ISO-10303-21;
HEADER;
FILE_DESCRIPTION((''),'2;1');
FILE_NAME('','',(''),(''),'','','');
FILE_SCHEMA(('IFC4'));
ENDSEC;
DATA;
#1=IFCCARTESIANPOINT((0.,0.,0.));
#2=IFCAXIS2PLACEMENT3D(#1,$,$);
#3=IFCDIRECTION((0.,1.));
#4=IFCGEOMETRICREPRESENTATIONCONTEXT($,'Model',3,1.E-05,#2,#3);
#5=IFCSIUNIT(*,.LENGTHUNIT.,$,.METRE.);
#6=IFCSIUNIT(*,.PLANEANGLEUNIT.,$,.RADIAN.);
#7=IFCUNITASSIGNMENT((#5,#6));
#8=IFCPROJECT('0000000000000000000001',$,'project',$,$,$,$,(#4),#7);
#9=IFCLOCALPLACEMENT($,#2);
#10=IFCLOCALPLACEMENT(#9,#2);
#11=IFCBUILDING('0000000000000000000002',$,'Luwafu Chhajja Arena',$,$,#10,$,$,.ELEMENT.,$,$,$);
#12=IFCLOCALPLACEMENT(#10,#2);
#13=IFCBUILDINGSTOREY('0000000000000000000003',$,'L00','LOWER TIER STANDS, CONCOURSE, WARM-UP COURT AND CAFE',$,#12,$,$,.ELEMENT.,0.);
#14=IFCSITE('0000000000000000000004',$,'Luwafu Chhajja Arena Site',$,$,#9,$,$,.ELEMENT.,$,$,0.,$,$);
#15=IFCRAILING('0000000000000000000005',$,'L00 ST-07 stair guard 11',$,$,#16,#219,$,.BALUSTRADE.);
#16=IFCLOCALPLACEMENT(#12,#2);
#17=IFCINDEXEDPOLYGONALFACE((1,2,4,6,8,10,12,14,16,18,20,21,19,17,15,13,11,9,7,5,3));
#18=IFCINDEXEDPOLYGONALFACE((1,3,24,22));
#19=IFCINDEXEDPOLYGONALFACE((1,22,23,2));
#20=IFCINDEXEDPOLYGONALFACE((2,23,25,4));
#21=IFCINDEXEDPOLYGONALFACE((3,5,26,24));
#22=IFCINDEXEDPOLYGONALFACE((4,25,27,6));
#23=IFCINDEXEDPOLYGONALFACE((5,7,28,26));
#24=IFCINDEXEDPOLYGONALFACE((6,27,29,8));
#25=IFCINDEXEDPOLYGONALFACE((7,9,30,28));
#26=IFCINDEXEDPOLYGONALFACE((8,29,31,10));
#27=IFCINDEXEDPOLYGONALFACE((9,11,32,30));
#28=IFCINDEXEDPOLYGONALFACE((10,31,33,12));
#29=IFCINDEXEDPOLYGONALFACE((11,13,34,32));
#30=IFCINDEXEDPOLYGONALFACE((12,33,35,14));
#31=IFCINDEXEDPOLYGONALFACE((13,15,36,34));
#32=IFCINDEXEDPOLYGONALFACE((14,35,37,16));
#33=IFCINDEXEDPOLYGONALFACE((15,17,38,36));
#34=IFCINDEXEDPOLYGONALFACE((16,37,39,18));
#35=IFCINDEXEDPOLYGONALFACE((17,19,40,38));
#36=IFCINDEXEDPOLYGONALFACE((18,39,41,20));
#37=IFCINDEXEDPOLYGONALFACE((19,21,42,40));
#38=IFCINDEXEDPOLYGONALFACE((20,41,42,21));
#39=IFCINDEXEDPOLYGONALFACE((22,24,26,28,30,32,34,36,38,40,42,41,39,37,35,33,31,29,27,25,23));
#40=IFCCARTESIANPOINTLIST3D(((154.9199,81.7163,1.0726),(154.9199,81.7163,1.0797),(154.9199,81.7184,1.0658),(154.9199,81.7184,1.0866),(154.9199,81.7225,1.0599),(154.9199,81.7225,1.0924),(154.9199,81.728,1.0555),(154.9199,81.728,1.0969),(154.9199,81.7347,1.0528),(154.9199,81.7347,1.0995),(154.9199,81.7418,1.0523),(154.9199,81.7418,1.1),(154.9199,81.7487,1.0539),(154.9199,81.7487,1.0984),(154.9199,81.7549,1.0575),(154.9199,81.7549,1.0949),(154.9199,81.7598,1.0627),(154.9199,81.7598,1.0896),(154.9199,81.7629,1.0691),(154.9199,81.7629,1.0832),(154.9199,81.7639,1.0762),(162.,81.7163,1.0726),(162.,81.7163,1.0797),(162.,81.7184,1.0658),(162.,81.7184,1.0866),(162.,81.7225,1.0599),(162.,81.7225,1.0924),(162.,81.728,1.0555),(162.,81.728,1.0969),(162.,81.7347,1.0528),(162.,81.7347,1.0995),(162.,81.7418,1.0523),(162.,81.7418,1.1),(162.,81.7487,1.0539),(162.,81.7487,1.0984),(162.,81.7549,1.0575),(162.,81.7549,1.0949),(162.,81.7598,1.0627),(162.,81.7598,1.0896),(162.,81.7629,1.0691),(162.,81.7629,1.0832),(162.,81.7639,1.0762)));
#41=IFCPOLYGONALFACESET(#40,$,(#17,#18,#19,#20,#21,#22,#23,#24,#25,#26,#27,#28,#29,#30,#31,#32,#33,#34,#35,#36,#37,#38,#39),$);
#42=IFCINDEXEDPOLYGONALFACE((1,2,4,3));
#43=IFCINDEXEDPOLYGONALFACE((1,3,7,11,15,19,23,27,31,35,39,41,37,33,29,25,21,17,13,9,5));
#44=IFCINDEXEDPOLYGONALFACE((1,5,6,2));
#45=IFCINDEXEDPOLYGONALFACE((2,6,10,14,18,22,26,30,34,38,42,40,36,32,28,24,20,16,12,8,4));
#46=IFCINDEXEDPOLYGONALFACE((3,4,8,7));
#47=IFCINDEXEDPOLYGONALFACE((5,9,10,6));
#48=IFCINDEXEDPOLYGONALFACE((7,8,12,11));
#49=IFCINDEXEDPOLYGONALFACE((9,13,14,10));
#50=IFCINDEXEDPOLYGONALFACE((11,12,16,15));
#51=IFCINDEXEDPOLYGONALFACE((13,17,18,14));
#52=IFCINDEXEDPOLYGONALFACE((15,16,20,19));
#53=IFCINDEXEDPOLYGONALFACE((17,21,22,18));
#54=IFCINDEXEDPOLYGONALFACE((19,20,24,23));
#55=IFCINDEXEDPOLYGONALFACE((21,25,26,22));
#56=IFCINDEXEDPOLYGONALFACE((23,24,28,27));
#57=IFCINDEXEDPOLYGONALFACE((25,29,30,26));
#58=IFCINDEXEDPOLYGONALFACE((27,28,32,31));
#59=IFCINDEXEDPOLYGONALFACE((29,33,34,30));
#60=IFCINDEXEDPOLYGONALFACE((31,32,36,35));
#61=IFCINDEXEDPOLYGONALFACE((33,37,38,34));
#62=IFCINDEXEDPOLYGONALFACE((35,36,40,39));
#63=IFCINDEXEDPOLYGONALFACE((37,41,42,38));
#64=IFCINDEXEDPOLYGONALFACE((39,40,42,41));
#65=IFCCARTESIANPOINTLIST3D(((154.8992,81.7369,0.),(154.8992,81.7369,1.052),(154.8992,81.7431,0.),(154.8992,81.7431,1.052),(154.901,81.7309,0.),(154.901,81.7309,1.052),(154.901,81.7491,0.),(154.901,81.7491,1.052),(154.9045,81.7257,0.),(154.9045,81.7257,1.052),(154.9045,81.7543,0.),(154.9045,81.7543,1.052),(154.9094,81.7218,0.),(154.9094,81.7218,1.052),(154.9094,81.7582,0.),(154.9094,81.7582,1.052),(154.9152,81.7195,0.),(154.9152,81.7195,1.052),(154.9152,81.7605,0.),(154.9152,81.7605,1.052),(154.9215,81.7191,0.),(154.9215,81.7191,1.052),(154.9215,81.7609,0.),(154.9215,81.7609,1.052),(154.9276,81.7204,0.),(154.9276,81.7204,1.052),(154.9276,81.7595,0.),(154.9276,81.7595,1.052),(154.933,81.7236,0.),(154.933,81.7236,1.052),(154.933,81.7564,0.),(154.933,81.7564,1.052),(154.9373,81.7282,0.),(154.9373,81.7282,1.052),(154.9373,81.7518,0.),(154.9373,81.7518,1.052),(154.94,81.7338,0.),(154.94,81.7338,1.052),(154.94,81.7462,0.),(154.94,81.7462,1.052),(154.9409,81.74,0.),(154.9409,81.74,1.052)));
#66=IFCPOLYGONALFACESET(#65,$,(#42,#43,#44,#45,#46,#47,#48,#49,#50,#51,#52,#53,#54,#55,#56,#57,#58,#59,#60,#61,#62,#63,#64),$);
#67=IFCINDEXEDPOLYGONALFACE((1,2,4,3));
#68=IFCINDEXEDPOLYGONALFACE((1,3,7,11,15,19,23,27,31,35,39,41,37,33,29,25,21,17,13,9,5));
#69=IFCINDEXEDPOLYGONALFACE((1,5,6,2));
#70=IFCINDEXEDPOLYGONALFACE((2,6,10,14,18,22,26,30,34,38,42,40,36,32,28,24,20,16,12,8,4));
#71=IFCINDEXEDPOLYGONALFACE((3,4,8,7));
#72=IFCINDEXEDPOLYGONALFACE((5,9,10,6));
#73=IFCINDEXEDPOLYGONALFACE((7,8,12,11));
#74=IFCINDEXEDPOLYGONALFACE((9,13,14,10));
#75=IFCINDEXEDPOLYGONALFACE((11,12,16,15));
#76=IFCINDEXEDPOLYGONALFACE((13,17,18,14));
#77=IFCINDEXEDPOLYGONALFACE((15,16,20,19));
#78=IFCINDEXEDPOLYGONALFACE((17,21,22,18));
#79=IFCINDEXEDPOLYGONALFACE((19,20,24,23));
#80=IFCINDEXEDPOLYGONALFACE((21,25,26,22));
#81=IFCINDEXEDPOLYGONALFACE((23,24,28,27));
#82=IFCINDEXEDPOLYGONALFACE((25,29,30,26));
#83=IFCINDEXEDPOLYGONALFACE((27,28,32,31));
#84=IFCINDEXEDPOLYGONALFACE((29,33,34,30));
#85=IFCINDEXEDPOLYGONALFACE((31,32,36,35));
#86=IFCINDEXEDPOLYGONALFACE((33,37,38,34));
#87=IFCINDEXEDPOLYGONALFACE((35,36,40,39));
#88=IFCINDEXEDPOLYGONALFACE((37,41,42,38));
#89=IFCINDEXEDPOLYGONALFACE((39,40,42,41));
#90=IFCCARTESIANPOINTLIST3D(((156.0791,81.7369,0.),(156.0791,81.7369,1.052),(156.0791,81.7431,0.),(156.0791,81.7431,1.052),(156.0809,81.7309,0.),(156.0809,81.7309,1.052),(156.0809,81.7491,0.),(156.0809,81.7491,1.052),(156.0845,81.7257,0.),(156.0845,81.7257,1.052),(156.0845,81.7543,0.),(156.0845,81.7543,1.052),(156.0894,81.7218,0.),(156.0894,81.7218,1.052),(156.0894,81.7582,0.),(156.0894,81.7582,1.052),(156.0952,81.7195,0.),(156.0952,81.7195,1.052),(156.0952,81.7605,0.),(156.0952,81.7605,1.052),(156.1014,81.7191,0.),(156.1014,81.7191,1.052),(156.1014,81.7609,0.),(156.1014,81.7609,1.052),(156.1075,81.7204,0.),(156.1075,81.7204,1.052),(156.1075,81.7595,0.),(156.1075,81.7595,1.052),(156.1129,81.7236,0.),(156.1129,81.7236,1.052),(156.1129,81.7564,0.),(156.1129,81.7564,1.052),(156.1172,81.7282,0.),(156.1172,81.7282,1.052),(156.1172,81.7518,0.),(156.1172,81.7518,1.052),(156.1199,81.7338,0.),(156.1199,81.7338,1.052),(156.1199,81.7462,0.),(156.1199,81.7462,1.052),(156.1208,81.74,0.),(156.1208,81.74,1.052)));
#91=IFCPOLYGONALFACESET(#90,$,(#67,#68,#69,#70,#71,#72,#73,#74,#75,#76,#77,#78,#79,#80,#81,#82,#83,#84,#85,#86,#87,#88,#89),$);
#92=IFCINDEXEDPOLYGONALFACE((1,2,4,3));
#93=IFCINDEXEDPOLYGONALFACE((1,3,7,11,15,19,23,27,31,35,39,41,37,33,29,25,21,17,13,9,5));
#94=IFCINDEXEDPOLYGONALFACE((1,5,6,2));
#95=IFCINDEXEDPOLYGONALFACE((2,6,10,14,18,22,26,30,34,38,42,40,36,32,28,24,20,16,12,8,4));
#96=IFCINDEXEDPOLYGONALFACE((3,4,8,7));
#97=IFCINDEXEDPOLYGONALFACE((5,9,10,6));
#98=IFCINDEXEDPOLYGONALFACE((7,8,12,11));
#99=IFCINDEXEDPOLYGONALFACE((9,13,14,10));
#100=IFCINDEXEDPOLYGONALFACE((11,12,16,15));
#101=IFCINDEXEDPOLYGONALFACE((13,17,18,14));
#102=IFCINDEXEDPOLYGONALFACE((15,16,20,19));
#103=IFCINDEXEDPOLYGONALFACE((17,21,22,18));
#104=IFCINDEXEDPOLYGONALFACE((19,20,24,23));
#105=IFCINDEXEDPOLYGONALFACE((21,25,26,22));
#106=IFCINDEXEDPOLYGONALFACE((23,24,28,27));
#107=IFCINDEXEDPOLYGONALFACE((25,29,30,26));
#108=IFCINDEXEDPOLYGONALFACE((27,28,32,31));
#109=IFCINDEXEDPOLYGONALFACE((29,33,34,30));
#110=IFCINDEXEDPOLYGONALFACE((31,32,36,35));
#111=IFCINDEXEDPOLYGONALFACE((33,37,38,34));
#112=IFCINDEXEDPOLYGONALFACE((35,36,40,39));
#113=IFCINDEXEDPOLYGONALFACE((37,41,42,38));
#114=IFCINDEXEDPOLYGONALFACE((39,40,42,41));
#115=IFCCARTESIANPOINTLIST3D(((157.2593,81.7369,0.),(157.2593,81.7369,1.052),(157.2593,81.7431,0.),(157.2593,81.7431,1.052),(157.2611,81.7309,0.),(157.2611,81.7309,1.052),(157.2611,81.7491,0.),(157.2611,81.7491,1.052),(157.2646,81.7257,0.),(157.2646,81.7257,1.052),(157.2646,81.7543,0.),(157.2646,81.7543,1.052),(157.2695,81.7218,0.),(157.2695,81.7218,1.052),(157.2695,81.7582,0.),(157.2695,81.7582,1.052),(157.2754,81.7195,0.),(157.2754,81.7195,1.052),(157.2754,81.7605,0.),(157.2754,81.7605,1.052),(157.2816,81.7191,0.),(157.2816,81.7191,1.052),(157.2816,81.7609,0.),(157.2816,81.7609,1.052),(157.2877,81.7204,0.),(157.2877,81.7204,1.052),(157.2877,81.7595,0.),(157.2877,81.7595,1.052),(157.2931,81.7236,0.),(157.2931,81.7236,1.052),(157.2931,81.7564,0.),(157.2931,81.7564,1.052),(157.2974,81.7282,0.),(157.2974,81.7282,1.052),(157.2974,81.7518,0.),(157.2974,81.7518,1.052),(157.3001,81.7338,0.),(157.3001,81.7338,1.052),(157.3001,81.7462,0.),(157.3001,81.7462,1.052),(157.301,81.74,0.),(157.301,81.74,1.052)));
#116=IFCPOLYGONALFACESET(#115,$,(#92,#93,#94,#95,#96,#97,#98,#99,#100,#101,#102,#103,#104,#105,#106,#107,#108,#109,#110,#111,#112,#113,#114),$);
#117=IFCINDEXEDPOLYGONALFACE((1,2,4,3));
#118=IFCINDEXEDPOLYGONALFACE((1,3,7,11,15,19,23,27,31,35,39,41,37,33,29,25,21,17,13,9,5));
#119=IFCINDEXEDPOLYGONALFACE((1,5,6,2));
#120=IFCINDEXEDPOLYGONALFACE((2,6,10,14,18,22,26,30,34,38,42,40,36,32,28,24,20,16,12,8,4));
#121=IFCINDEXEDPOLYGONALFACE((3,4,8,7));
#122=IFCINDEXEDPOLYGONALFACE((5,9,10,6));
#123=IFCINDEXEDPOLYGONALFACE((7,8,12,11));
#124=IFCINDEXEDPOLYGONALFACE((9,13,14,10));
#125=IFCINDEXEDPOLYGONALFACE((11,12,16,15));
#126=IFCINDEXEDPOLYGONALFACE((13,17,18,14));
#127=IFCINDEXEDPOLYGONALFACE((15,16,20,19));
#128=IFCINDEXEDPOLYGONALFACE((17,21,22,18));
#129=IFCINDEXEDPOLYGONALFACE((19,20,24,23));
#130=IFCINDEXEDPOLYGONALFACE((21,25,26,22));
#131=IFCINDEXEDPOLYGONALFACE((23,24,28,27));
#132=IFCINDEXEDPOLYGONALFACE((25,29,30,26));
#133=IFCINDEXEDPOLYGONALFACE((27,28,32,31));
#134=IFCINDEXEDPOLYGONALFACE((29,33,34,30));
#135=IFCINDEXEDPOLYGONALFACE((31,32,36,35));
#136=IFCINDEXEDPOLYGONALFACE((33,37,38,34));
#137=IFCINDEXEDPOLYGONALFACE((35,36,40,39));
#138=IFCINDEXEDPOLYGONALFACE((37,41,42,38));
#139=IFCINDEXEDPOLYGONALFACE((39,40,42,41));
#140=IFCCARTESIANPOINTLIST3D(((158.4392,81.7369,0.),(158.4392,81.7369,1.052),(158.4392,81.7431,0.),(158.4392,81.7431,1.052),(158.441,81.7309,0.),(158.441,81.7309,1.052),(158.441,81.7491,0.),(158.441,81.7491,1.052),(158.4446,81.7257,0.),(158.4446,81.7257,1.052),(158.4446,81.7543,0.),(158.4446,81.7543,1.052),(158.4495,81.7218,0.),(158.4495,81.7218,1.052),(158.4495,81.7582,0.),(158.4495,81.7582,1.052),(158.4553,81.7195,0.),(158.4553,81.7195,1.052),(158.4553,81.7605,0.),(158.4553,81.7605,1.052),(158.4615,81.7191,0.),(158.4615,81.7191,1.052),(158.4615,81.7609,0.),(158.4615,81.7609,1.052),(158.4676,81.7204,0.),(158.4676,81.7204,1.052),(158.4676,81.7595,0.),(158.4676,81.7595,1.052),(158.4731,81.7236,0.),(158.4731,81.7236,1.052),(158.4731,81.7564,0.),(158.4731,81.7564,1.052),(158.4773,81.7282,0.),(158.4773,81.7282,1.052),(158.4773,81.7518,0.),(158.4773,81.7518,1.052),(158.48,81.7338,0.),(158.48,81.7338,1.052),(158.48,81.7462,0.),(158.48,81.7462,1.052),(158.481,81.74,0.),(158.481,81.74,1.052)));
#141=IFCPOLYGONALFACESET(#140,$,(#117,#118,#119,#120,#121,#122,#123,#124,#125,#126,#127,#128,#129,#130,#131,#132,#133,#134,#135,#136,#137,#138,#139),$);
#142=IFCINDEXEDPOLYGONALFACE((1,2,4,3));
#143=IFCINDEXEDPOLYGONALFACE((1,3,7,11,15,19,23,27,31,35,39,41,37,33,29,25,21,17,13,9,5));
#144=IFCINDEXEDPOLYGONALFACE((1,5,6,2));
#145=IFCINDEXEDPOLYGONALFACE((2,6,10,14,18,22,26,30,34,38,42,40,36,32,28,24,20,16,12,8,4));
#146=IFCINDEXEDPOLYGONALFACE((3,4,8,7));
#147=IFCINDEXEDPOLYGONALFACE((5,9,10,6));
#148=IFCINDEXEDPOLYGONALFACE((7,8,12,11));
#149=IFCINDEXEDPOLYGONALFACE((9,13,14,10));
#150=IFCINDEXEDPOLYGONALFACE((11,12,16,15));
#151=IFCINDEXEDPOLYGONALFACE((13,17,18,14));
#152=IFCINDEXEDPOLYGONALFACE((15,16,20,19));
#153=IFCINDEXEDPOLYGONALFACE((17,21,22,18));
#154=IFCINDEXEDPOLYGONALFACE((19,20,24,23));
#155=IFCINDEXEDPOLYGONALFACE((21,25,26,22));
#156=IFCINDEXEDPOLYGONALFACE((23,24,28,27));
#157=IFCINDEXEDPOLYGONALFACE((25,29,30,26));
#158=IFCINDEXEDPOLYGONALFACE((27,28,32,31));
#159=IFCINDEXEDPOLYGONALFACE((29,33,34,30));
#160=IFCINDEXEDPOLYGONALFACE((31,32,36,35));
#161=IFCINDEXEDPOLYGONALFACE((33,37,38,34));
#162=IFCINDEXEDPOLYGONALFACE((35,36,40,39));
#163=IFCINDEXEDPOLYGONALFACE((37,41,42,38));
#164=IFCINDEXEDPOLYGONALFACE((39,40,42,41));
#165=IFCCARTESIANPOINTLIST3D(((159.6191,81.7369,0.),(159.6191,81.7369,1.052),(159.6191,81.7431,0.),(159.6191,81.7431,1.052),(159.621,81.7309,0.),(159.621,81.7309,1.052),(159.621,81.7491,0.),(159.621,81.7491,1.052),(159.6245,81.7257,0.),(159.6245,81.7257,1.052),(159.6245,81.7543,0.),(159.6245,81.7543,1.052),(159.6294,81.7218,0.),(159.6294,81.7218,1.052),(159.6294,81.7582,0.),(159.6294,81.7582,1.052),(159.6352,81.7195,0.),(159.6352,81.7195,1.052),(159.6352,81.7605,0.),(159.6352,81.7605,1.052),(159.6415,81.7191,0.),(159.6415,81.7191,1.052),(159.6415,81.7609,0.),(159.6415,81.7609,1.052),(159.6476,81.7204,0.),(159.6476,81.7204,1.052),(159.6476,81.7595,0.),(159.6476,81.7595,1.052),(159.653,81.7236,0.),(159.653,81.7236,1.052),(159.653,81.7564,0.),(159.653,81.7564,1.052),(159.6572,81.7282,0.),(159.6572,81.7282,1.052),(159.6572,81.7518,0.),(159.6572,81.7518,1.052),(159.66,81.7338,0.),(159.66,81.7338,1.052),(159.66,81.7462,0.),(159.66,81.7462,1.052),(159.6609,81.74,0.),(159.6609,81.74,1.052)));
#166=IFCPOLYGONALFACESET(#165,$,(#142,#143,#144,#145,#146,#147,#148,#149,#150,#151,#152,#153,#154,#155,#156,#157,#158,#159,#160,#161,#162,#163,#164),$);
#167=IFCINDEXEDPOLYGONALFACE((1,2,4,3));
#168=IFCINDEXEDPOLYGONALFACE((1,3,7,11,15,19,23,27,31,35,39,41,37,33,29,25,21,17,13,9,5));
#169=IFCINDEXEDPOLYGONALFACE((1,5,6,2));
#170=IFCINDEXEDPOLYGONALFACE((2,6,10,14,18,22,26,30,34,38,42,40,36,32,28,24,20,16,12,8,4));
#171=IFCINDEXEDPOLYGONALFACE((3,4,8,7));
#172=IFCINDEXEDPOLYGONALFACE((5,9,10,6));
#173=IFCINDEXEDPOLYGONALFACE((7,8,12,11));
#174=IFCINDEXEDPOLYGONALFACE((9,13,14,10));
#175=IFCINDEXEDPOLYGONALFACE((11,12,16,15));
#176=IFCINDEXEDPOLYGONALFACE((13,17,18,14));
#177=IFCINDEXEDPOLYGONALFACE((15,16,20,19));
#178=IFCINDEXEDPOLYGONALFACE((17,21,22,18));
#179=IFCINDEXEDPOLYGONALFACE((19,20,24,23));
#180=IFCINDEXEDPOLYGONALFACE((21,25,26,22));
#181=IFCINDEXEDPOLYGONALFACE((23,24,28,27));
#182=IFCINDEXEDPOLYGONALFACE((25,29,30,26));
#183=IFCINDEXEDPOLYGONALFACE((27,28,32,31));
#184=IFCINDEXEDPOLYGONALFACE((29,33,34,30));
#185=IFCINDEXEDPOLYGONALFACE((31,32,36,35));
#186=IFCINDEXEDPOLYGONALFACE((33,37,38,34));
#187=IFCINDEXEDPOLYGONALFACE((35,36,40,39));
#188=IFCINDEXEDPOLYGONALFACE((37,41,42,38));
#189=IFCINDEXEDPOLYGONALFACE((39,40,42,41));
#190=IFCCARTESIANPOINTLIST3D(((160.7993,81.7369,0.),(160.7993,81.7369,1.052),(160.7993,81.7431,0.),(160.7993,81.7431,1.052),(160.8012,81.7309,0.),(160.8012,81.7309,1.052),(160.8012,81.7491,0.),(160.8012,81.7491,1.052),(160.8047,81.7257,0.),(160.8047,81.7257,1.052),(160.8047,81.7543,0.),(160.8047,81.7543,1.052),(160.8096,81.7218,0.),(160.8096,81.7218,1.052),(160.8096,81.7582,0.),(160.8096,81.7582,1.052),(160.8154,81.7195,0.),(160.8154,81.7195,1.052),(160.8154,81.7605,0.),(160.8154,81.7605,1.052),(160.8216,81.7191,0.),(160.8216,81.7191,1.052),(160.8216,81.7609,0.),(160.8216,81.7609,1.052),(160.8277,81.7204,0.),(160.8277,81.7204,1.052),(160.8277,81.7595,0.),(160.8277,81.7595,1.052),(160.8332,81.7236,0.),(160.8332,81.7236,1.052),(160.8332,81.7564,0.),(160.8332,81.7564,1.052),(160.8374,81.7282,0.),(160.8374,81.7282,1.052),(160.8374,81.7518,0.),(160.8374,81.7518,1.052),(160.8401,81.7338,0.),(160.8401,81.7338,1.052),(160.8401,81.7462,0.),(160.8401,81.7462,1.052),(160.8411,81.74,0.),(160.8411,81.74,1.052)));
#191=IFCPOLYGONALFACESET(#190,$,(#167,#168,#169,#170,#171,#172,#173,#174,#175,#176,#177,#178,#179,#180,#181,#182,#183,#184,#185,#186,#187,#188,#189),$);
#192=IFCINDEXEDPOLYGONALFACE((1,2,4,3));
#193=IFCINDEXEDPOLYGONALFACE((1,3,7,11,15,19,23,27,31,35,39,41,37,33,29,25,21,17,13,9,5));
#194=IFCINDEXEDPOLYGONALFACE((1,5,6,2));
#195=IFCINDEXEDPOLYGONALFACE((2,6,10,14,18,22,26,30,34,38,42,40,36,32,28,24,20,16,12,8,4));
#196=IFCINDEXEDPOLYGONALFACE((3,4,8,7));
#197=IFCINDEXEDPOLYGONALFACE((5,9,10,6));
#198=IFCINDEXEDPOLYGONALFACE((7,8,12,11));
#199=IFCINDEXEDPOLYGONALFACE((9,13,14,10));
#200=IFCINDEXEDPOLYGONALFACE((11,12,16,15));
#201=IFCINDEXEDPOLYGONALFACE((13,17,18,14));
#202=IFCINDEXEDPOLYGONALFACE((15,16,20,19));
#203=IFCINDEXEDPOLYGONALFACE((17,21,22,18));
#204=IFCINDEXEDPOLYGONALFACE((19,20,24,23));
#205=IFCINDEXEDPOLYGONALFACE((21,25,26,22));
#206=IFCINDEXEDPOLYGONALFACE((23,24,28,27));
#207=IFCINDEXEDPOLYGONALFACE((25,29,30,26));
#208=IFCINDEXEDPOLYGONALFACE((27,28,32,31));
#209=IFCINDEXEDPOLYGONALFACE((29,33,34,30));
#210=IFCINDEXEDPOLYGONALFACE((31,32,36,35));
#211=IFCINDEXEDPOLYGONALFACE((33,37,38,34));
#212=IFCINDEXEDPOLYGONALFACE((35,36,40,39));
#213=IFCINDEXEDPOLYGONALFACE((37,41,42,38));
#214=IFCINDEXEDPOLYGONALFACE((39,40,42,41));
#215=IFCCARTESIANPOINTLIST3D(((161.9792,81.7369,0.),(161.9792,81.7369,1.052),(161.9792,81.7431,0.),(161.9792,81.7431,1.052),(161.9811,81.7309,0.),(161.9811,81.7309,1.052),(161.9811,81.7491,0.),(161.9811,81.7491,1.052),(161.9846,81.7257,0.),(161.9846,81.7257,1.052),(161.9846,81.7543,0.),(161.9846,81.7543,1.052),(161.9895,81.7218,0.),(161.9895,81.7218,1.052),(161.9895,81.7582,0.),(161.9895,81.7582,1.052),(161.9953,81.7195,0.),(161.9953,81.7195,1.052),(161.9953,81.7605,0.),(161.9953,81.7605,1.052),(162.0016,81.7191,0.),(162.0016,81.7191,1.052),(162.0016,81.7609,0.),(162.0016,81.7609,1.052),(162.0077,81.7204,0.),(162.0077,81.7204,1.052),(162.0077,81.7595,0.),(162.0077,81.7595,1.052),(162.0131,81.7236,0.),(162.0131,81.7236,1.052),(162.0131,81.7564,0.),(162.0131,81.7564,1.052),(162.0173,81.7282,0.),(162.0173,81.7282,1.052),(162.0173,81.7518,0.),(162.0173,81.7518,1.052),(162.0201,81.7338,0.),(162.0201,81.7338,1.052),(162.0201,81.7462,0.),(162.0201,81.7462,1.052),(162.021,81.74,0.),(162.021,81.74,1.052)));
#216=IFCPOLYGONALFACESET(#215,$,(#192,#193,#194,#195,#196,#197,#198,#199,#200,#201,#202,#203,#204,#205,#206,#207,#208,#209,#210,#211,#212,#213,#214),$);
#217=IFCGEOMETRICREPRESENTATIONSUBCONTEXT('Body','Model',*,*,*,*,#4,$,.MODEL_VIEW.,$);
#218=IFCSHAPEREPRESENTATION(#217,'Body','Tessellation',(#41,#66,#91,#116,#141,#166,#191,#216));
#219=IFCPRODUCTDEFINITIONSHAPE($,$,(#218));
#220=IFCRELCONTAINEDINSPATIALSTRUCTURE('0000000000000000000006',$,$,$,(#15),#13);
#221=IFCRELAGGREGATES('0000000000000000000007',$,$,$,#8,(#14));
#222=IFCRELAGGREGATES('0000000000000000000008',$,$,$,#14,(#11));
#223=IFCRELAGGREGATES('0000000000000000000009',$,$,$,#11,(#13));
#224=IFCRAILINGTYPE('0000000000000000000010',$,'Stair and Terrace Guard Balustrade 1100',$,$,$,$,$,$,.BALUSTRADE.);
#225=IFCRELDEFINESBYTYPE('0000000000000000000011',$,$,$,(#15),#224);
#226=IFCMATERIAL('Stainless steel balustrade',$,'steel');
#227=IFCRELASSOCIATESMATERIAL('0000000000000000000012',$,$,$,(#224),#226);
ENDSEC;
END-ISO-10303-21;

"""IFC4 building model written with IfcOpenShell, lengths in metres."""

from ifc_helpers import new_model, si_unit, direction, frame, origin, origin_2d, place, context, subcontext, project, spatial, circle, extrude, material, type_object, element, save


model = new_model("IFC4")

# Units and contexts
model_context = context("Model", 3, precision=1e-05, world=origin(), true_north=direction((0.0, 1.0)))
body_context = subcontext(model_context, "Body", "Model", "MODEL_VIEW")
ifc_project = project(units=[si_unit("LENGTHUNIT", "METRE"), si_unit("PLANEANGLEUNIT", "RADIAN")], contexts=[model_context])

# Site, building, storey
site_placement = place(None, origin())
site = spatial("IfcSite", under=ifc_project, at=site_placement, Name="Luwafu Chhajja Arena Site", CompositionType="ELEMENT", RefElevation=0.0)
building_placement = place(site_placement, origin())
building = spatial("IfcBuilding", under=site, at=building_placement, Name="Luwafu Chhajja Arena", CompositionType="ELEMENT")
storey_placement = place(building_placement, origin())
storey = spatial("IfcBuildingStorey", under=building, at=storey_placement, Name="L00", Description="LOWER TIER STANDS, CONCOURSE, WARM-UP COURT AND CAFE", CompositionType="ELEMENT", Elevation=0.0)

# Railing
ifc_material_1 = material(Name="Stainless steel balustrade", Category="steel")
railing_type_1 = type_object("IfcRailingType", Name="Stair and Terrace Guard Balustrade 1100", PredefinedType="BALUSTRADE", material=ifc_material_1)
for number, where, name in (
    (1, (154.9199, 81.74, 0.0), "L00 ST-07 stair guard 11"),
):
    element("IfcRailing", number, at=place(storey_placement, frame(where)), inside=storey, type_object=railing_type_1, Name=name, PredefinedType="BALUSTRADE", context=body_context, shape_type="SweptSolid", body=[
        extrude(circle(Radius=0.0239, at=origin_2d()), frame((0.0, 0.0, 1.0762), z_axis=(1.0, 0.0, 0.0), x_axis=(0.0, 1.0, 0.0)), (0.0, 0.0, 1.0), 7.0801),
        extrude(circle(Radius=0.021, at=origin_2d()), origin(), (0.0, 0.0, 1.0), 1.052),
        extrude(circle(Radius=0.021, at=origin_2d()), frame((1.1799, 0.0, 0.0)), (0.0, 0.0, 1.0), 1.052),
        extrude(circle(Radius=0.021, at=origin_2d()), frame((2.3601, 0.0, 0.0)), (0.0, 0.0, 1.0), 1.052),
        extrude(circle(Radius=0.021, at=origin_2d()), frame((3.54, 0.0, 0.0)), (0.0, 0.0, 1.0), 1.052),
        extrude(circle(Radius=0.021, at=origin_2d()), frame((4.72, 0.0, 0.0)), (0.0, 0.0, 1.0), 1.052),
        extrude(circle(Radius=0.021, at=origin_2d()), frame((5.9001, 0.0, 0.0)), (0.0, 0.0, 1.0), 1.052),
        extrude(circle(Radius=0.021, at=origin_2d()), frame((7.0801, 0.0, 0.0)), (0.0, 0.0, 1.0), 1.052),
    ])

save(model, "model.ifc")
